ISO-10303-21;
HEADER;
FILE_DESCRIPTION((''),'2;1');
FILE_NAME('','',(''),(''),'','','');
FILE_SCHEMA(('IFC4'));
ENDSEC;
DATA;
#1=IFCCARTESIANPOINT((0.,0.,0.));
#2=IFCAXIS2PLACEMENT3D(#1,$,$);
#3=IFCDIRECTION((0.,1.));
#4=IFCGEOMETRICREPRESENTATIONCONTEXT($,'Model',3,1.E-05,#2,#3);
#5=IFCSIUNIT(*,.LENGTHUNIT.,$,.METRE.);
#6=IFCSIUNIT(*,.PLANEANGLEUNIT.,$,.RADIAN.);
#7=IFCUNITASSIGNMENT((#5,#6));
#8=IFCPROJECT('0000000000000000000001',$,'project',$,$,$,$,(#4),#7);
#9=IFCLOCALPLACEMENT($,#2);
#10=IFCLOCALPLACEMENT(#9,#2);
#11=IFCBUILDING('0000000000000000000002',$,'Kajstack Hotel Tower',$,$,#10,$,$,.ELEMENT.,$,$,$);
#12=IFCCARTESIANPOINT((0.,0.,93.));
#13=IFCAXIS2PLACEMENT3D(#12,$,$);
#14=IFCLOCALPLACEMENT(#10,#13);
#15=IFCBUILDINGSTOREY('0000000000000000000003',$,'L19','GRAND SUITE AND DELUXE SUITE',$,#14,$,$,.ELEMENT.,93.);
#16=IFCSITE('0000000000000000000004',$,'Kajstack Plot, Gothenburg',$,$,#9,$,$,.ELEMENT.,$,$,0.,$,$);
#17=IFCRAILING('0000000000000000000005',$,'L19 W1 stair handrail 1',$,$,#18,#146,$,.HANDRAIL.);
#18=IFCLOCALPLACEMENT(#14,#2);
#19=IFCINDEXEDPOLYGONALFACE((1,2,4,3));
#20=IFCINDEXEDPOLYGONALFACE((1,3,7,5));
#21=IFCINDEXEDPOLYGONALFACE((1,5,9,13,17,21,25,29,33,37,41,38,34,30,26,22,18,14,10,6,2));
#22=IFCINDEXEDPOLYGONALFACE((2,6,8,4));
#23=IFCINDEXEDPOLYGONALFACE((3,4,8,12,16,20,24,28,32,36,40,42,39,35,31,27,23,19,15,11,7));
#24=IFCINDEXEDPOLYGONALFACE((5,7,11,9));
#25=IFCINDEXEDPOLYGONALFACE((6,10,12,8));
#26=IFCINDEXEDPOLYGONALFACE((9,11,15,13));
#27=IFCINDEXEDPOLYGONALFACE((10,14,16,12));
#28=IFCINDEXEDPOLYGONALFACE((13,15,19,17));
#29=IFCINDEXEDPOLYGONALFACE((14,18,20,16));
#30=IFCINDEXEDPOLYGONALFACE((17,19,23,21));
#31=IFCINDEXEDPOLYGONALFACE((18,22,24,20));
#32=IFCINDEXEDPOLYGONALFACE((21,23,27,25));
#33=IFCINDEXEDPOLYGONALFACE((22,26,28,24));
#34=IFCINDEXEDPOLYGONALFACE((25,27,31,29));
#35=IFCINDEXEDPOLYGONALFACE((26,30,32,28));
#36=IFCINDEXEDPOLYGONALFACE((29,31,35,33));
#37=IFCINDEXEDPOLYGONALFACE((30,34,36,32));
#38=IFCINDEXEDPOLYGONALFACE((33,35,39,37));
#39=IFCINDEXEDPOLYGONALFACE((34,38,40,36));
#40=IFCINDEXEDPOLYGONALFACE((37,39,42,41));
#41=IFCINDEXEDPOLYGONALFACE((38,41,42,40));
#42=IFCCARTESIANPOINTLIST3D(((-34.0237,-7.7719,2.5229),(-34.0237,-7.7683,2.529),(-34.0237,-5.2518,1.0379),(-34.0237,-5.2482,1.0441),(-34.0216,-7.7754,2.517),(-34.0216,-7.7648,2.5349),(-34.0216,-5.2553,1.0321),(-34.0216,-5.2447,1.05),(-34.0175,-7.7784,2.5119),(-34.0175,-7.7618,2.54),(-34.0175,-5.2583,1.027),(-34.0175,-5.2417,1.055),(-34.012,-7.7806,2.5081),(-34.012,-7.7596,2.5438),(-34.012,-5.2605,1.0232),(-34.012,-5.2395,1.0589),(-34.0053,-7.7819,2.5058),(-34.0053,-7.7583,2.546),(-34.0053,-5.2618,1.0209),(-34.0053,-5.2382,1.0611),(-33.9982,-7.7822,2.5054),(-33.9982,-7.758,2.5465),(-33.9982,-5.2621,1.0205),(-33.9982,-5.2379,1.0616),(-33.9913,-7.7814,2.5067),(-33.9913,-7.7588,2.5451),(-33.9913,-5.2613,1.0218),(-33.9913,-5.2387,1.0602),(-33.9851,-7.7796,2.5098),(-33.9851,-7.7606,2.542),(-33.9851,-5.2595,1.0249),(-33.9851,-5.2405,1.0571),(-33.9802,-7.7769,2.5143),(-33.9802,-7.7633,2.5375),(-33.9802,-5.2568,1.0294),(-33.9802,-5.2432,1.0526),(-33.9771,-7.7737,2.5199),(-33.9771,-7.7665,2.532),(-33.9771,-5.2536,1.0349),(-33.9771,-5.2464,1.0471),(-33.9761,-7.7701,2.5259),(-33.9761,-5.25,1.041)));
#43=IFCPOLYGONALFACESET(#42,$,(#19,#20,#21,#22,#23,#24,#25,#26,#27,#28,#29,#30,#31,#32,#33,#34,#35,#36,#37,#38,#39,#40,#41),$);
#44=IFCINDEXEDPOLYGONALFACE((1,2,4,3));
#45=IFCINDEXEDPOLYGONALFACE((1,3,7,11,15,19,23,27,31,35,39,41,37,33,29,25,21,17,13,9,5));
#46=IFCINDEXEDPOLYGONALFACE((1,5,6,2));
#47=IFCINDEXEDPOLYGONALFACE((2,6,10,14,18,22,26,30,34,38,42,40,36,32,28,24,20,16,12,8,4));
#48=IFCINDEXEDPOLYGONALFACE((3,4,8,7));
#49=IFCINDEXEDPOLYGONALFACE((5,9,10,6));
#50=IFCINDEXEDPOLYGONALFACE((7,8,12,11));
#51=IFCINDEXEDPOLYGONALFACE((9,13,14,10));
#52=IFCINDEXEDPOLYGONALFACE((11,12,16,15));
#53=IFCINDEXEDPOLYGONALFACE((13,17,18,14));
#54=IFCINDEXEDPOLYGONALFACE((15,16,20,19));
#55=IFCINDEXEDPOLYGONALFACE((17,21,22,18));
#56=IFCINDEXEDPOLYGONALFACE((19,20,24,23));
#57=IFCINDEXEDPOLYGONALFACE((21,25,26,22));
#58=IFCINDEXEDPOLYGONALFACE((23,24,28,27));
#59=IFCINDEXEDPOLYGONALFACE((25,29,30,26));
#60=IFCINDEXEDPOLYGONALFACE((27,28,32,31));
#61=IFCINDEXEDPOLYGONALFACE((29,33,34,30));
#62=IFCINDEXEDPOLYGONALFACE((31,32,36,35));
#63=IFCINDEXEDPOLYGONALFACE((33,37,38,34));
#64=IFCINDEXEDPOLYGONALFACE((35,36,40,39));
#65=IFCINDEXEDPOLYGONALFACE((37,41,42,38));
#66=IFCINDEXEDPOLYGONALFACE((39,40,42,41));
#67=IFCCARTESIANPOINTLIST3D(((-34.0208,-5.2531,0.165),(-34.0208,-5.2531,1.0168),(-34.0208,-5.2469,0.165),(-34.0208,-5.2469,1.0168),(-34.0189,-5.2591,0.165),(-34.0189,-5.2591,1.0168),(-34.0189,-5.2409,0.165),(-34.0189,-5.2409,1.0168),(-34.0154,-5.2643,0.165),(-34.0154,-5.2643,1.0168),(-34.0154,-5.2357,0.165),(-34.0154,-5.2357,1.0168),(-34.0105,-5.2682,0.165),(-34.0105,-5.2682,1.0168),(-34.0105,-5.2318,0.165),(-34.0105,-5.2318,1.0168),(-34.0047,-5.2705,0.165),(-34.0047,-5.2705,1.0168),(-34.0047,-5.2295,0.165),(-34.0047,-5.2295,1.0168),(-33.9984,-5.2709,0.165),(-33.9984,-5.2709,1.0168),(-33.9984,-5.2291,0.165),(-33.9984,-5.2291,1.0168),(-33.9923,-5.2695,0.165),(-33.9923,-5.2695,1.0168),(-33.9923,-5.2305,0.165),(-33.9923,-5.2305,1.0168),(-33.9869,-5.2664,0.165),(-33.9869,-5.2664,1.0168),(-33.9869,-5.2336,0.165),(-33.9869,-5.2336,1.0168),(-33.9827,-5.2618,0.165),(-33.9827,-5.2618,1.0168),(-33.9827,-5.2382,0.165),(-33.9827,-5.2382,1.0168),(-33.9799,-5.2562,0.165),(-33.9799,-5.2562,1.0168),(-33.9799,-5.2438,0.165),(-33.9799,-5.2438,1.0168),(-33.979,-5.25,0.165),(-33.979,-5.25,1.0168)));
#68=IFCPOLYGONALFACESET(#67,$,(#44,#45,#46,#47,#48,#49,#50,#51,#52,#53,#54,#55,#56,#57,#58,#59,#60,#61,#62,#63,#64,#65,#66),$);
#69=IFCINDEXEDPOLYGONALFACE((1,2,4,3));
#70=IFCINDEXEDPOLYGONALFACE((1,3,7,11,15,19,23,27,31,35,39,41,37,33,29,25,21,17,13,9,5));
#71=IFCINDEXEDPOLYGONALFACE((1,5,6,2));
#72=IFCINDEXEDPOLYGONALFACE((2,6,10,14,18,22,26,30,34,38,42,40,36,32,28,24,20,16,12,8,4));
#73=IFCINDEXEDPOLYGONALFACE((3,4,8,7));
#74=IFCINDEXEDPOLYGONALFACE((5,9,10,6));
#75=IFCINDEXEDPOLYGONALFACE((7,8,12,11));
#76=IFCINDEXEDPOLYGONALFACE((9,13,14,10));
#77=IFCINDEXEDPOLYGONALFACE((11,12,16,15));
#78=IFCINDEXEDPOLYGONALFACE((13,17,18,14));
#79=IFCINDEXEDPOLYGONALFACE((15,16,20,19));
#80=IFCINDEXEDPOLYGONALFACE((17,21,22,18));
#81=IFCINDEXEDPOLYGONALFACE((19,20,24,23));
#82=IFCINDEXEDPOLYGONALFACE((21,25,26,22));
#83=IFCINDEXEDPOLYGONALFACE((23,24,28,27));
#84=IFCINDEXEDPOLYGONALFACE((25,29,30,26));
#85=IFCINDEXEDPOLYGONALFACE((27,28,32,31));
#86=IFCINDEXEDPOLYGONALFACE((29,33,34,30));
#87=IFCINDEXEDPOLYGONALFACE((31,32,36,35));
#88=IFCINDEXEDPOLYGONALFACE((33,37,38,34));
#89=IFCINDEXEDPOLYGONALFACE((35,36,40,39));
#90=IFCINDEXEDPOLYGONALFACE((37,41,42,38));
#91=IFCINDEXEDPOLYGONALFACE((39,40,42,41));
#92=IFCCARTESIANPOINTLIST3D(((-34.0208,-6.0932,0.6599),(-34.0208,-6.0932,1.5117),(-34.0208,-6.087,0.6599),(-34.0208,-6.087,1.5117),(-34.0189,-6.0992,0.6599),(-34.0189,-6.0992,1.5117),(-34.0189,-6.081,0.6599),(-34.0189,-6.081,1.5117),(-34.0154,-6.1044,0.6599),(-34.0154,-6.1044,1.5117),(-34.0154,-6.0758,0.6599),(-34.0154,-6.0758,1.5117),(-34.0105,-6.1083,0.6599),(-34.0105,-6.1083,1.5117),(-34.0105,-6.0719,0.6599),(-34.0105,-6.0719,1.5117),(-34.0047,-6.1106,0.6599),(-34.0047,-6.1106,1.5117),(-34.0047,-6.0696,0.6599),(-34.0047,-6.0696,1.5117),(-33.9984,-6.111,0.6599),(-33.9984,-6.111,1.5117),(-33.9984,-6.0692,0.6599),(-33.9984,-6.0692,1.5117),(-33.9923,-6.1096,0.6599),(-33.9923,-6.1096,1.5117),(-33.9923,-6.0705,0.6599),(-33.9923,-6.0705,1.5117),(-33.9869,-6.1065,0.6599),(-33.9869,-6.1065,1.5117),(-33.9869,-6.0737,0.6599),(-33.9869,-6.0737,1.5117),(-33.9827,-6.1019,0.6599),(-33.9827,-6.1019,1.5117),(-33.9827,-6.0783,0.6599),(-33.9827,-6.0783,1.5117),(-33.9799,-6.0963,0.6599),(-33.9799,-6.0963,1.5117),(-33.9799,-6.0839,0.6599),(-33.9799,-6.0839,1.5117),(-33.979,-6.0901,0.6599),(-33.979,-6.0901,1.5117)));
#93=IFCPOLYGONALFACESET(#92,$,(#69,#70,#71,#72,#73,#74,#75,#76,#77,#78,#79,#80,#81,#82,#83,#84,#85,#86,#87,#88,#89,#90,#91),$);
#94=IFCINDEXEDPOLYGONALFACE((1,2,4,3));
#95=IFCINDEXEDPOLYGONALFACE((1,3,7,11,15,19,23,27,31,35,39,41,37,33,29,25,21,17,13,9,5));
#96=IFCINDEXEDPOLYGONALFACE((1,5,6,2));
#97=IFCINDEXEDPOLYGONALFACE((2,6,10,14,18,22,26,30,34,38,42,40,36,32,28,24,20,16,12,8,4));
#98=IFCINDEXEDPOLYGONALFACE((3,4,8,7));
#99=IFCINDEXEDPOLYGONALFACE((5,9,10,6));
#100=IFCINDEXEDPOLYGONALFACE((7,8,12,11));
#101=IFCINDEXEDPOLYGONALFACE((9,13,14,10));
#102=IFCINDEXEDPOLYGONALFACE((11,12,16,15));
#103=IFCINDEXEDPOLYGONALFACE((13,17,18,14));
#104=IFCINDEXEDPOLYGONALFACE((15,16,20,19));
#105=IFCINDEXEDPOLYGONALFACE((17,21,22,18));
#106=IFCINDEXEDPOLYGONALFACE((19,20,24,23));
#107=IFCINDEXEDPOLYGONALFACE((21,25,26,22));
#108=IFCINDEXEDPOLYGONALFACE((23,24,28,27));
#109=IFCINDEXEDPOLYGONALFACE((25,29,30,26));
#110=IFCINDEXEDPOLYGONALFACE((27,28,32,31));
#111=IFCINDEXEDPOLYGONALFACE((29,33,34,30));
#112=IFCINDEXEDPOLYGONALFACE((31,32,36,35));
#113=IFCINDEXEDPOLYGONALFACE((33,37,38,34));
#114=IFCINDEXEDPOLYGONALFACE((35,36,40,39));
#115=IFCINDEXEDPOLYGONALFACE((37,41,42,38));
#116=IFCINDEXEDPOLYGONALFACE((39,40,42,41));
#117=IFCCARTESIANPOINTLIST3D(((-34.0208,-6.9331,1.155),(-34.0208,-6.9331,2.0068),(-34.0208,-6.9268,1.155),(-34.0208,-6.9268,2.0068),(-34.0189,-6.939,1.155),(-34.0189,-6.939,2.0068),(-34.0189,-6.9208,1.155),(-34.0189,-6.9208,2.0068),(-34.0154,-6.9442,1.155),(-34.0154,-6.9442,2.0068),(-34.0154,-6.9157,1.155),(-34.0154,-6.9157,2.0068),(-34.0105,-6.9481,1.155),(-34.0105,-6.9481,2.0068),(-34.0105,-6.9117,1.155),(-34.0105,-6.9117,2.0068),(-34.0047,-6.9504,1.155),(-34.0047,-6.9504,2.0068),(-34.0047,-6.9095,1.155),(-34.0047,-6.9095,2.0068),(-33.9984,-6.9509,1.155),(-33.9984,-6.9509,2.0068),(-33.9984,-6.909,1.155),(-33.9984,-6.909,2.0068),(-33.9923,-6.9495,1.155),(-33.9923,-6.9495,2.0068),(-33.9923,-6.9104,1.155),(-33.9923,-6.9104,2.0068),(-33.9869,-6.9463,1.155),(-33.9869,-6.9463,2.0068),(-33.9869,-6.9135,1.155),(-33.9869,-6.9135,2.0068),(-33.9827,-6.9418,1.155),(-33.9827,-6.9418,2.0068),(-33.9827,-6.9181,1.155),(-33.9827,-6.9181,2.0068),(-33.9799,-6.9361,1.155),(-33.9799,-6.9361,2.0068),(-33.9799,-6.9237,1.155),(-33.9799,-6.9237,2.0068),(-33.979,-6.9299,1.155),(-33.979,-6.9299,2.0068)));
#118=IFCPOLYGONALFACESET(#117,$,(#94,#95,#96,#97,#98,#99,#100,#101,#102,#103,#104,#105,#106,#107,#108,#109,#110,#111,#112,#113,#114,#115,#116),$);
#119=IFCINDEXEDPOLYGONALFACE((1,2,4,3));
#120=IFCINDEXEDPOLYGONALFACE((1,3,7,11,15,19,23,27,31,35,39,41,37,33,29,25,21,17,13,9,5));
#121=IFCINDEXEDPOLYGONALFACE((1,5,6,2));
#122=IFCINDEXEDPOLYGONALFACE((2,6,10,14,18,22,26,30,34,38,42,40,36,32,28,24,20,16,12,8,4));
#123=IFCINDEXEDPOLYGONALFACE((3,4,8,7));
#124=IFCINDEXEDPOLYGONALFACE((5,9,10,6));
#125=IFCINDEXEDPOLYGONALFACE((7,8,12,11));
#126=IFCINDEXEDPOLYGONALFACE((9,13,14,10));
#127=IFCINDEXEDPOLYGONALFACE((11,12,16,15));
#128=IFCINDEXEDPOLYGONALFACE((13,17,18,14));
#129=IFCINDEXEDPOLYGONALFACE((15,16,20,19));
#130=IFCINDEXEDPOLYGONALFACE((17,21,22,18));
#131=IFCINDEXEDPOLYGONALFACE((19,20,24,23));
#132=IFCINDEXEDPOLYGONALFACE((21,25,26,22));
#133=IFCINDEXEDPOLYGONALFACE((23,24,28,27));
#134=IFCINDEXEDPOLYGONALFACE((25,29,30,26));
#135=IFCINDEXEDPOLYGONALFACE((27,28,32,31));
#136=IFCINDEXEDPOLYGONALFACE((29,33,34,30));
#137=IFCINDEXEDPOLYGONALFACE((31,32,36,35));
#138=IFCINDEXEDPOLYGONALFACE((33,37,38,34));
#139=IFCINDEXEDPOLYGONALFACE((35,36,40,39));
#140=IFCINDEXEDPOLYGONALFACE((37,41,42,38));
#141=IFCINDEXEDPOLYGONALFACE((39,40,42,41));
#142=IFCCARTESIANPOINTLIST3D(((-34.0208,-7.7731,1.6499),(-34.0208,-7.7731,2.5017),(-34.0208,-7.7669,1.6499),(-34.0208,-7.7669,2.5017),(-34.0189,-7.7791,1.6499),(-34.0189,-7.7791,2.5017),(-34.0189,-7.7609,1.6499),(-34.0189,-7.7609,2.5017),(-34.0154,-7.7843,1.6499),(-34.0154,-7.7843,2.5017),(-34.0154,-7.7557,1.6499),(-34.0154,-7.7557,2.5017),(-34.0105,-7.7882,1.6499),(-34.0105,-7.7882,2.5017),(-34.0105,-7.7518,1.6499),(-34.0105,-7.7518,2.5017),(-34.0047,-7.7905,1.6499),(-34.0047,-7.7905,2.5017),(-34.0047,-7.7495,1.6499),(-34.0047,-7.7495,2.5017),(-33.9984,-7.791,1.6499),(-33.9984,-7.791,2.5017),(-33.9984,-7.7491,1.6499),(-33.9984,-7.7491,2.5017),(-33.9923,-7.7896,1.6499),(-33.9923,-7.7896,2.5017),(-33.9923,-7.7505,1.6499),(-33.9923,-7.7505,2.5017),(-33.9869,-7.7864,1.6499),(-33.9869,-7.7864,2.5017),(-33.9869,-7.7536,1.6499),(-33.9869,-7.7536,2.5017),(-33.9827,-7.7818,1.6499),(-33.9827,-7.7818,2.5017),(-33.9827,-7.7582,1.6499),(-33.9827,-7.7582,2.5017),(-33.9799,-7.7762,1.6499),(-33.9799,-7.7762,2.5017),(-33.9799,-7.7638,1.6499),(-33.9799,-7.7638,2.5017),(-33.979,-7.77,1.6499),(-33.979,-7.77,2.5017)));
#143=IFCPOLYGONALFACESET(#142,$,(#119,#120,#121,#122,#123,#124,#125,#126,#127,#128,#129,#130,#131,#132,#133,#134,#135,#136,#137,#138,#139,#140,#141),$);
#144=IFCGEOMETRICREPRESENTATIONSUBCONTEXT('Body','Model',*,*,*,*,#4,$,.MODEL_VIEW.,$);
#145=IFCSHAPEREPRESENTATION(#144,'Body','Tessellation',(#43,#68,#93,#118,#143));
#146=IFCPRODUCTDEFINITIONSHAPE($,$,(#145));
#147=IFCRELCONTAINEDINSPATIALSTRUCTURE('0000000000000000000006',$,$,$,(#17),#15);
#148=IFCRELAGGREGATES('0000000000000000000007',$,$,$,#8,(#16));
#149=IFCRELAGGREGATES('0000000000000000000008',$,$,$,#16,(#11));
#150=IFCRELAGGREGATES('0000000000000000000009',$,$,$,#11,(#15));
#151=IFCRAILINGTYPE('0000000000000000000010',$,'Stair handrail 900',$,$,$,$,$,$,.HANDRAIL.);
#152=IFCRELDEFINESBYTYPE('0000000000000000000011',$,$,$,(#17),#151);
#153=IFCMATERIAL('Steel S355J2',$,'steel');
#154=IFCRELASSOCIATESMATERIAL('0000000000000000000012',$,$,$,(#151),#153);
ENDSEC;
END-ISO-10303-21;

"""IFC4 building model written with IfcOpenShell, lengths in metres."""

from ifc_helpers import new_model, si_unit, direction, frame, origin, origin_2d, place, context, subcontext, project, spatial, circle, extrude, material, type_object, element, save


model = new_model("IFC4")

# Units and contexts
model_context = context("Model", 3, precision=1e-05, world=origin(), true_north=direction((0.0, 1.0)))
body_context = subcontext(model_context, "Body", "Model", "MODEL_VIEW")
ifc_project = project(units=[si_unit("LENGTHUNIT", "METRE"), si_unit("PLANEANGLEUNIT", "RADIAN")], contexts=[model_context])

# Site, building, storey
site_placement = place(None, origin())
site = spatial("IfcSite", under=ifc_project, at=site_placement, Name="Kajstack Plot, Gothenburg", CompositionType="ELEMENT", RefElevation=0.0)
building_placement = place(site_placement, origin())
building = spatial("IfcBuilding", under=site, at=building_placement, Name="Kajstack Hotel Tower", CompositionType="ELEMENT")
storey_placement = place(building_placement, frame((0.0, 0.0, 93.0)))
storey = spatial("IfcBuildingStorey", under=building, at=storey_placement, Name="L19", Description="GRAND SUITE AND DELUXE SUITE", CompositionType="ELEMENT", Elevation=93.0)

# Railing
ifc_material_1 = material(Name="Steel S355J2", Category="steel")
railing_type_1 = type_object("IfcRailingType", Name="Stair handrail 900", PredefinedType="HANDRAIL", material=ifc_material_1)
railing_1_placement = place(storey_placement, frame((-34.0, -5.25, 0.165)))
element("IfcRailing", 1, at=railing_1_placement, inside=storey, type_object=railing_type_1, Name="L19 W1 stair handrail 1", PredefinedType="HANDRAIL", context=body_context, shape_type="SweptSolid", body=[
    extrude(circle(Radius=0.0239, at=origin_2d()), frame((0.0, 0.0, 0.876), z_axis=(0.0, -0.861561, 0.507655), x_axis=(1.0, 0.0, 0.0)), (0.0, 0.0, 1.0), 2.925),
    extrude(circle(Radius=0.021, at=origin_2d()), origin(), (0.0, 0.0, 1.0), 0.8518),
    extrude(circle(Radius=0.021, at=origin_2d()), frame((0.0, -0.8401, 0.4949)), (0.0, 0.0, 1.0), 0.8518),
    extrude(circle(Radius=0.021, at=origin_2d()), frame((0.0, -1.6799, 0.99)), (0.0, 0.0, 1.0), 0.8518),
    extrude(circle(Radius=0.021, at=origin_2d()), frame((0.0, -2.52, 1.4849)), (0.0, 0.0, 1.0), 0.8518),
])

save(model, "model.ifc")
